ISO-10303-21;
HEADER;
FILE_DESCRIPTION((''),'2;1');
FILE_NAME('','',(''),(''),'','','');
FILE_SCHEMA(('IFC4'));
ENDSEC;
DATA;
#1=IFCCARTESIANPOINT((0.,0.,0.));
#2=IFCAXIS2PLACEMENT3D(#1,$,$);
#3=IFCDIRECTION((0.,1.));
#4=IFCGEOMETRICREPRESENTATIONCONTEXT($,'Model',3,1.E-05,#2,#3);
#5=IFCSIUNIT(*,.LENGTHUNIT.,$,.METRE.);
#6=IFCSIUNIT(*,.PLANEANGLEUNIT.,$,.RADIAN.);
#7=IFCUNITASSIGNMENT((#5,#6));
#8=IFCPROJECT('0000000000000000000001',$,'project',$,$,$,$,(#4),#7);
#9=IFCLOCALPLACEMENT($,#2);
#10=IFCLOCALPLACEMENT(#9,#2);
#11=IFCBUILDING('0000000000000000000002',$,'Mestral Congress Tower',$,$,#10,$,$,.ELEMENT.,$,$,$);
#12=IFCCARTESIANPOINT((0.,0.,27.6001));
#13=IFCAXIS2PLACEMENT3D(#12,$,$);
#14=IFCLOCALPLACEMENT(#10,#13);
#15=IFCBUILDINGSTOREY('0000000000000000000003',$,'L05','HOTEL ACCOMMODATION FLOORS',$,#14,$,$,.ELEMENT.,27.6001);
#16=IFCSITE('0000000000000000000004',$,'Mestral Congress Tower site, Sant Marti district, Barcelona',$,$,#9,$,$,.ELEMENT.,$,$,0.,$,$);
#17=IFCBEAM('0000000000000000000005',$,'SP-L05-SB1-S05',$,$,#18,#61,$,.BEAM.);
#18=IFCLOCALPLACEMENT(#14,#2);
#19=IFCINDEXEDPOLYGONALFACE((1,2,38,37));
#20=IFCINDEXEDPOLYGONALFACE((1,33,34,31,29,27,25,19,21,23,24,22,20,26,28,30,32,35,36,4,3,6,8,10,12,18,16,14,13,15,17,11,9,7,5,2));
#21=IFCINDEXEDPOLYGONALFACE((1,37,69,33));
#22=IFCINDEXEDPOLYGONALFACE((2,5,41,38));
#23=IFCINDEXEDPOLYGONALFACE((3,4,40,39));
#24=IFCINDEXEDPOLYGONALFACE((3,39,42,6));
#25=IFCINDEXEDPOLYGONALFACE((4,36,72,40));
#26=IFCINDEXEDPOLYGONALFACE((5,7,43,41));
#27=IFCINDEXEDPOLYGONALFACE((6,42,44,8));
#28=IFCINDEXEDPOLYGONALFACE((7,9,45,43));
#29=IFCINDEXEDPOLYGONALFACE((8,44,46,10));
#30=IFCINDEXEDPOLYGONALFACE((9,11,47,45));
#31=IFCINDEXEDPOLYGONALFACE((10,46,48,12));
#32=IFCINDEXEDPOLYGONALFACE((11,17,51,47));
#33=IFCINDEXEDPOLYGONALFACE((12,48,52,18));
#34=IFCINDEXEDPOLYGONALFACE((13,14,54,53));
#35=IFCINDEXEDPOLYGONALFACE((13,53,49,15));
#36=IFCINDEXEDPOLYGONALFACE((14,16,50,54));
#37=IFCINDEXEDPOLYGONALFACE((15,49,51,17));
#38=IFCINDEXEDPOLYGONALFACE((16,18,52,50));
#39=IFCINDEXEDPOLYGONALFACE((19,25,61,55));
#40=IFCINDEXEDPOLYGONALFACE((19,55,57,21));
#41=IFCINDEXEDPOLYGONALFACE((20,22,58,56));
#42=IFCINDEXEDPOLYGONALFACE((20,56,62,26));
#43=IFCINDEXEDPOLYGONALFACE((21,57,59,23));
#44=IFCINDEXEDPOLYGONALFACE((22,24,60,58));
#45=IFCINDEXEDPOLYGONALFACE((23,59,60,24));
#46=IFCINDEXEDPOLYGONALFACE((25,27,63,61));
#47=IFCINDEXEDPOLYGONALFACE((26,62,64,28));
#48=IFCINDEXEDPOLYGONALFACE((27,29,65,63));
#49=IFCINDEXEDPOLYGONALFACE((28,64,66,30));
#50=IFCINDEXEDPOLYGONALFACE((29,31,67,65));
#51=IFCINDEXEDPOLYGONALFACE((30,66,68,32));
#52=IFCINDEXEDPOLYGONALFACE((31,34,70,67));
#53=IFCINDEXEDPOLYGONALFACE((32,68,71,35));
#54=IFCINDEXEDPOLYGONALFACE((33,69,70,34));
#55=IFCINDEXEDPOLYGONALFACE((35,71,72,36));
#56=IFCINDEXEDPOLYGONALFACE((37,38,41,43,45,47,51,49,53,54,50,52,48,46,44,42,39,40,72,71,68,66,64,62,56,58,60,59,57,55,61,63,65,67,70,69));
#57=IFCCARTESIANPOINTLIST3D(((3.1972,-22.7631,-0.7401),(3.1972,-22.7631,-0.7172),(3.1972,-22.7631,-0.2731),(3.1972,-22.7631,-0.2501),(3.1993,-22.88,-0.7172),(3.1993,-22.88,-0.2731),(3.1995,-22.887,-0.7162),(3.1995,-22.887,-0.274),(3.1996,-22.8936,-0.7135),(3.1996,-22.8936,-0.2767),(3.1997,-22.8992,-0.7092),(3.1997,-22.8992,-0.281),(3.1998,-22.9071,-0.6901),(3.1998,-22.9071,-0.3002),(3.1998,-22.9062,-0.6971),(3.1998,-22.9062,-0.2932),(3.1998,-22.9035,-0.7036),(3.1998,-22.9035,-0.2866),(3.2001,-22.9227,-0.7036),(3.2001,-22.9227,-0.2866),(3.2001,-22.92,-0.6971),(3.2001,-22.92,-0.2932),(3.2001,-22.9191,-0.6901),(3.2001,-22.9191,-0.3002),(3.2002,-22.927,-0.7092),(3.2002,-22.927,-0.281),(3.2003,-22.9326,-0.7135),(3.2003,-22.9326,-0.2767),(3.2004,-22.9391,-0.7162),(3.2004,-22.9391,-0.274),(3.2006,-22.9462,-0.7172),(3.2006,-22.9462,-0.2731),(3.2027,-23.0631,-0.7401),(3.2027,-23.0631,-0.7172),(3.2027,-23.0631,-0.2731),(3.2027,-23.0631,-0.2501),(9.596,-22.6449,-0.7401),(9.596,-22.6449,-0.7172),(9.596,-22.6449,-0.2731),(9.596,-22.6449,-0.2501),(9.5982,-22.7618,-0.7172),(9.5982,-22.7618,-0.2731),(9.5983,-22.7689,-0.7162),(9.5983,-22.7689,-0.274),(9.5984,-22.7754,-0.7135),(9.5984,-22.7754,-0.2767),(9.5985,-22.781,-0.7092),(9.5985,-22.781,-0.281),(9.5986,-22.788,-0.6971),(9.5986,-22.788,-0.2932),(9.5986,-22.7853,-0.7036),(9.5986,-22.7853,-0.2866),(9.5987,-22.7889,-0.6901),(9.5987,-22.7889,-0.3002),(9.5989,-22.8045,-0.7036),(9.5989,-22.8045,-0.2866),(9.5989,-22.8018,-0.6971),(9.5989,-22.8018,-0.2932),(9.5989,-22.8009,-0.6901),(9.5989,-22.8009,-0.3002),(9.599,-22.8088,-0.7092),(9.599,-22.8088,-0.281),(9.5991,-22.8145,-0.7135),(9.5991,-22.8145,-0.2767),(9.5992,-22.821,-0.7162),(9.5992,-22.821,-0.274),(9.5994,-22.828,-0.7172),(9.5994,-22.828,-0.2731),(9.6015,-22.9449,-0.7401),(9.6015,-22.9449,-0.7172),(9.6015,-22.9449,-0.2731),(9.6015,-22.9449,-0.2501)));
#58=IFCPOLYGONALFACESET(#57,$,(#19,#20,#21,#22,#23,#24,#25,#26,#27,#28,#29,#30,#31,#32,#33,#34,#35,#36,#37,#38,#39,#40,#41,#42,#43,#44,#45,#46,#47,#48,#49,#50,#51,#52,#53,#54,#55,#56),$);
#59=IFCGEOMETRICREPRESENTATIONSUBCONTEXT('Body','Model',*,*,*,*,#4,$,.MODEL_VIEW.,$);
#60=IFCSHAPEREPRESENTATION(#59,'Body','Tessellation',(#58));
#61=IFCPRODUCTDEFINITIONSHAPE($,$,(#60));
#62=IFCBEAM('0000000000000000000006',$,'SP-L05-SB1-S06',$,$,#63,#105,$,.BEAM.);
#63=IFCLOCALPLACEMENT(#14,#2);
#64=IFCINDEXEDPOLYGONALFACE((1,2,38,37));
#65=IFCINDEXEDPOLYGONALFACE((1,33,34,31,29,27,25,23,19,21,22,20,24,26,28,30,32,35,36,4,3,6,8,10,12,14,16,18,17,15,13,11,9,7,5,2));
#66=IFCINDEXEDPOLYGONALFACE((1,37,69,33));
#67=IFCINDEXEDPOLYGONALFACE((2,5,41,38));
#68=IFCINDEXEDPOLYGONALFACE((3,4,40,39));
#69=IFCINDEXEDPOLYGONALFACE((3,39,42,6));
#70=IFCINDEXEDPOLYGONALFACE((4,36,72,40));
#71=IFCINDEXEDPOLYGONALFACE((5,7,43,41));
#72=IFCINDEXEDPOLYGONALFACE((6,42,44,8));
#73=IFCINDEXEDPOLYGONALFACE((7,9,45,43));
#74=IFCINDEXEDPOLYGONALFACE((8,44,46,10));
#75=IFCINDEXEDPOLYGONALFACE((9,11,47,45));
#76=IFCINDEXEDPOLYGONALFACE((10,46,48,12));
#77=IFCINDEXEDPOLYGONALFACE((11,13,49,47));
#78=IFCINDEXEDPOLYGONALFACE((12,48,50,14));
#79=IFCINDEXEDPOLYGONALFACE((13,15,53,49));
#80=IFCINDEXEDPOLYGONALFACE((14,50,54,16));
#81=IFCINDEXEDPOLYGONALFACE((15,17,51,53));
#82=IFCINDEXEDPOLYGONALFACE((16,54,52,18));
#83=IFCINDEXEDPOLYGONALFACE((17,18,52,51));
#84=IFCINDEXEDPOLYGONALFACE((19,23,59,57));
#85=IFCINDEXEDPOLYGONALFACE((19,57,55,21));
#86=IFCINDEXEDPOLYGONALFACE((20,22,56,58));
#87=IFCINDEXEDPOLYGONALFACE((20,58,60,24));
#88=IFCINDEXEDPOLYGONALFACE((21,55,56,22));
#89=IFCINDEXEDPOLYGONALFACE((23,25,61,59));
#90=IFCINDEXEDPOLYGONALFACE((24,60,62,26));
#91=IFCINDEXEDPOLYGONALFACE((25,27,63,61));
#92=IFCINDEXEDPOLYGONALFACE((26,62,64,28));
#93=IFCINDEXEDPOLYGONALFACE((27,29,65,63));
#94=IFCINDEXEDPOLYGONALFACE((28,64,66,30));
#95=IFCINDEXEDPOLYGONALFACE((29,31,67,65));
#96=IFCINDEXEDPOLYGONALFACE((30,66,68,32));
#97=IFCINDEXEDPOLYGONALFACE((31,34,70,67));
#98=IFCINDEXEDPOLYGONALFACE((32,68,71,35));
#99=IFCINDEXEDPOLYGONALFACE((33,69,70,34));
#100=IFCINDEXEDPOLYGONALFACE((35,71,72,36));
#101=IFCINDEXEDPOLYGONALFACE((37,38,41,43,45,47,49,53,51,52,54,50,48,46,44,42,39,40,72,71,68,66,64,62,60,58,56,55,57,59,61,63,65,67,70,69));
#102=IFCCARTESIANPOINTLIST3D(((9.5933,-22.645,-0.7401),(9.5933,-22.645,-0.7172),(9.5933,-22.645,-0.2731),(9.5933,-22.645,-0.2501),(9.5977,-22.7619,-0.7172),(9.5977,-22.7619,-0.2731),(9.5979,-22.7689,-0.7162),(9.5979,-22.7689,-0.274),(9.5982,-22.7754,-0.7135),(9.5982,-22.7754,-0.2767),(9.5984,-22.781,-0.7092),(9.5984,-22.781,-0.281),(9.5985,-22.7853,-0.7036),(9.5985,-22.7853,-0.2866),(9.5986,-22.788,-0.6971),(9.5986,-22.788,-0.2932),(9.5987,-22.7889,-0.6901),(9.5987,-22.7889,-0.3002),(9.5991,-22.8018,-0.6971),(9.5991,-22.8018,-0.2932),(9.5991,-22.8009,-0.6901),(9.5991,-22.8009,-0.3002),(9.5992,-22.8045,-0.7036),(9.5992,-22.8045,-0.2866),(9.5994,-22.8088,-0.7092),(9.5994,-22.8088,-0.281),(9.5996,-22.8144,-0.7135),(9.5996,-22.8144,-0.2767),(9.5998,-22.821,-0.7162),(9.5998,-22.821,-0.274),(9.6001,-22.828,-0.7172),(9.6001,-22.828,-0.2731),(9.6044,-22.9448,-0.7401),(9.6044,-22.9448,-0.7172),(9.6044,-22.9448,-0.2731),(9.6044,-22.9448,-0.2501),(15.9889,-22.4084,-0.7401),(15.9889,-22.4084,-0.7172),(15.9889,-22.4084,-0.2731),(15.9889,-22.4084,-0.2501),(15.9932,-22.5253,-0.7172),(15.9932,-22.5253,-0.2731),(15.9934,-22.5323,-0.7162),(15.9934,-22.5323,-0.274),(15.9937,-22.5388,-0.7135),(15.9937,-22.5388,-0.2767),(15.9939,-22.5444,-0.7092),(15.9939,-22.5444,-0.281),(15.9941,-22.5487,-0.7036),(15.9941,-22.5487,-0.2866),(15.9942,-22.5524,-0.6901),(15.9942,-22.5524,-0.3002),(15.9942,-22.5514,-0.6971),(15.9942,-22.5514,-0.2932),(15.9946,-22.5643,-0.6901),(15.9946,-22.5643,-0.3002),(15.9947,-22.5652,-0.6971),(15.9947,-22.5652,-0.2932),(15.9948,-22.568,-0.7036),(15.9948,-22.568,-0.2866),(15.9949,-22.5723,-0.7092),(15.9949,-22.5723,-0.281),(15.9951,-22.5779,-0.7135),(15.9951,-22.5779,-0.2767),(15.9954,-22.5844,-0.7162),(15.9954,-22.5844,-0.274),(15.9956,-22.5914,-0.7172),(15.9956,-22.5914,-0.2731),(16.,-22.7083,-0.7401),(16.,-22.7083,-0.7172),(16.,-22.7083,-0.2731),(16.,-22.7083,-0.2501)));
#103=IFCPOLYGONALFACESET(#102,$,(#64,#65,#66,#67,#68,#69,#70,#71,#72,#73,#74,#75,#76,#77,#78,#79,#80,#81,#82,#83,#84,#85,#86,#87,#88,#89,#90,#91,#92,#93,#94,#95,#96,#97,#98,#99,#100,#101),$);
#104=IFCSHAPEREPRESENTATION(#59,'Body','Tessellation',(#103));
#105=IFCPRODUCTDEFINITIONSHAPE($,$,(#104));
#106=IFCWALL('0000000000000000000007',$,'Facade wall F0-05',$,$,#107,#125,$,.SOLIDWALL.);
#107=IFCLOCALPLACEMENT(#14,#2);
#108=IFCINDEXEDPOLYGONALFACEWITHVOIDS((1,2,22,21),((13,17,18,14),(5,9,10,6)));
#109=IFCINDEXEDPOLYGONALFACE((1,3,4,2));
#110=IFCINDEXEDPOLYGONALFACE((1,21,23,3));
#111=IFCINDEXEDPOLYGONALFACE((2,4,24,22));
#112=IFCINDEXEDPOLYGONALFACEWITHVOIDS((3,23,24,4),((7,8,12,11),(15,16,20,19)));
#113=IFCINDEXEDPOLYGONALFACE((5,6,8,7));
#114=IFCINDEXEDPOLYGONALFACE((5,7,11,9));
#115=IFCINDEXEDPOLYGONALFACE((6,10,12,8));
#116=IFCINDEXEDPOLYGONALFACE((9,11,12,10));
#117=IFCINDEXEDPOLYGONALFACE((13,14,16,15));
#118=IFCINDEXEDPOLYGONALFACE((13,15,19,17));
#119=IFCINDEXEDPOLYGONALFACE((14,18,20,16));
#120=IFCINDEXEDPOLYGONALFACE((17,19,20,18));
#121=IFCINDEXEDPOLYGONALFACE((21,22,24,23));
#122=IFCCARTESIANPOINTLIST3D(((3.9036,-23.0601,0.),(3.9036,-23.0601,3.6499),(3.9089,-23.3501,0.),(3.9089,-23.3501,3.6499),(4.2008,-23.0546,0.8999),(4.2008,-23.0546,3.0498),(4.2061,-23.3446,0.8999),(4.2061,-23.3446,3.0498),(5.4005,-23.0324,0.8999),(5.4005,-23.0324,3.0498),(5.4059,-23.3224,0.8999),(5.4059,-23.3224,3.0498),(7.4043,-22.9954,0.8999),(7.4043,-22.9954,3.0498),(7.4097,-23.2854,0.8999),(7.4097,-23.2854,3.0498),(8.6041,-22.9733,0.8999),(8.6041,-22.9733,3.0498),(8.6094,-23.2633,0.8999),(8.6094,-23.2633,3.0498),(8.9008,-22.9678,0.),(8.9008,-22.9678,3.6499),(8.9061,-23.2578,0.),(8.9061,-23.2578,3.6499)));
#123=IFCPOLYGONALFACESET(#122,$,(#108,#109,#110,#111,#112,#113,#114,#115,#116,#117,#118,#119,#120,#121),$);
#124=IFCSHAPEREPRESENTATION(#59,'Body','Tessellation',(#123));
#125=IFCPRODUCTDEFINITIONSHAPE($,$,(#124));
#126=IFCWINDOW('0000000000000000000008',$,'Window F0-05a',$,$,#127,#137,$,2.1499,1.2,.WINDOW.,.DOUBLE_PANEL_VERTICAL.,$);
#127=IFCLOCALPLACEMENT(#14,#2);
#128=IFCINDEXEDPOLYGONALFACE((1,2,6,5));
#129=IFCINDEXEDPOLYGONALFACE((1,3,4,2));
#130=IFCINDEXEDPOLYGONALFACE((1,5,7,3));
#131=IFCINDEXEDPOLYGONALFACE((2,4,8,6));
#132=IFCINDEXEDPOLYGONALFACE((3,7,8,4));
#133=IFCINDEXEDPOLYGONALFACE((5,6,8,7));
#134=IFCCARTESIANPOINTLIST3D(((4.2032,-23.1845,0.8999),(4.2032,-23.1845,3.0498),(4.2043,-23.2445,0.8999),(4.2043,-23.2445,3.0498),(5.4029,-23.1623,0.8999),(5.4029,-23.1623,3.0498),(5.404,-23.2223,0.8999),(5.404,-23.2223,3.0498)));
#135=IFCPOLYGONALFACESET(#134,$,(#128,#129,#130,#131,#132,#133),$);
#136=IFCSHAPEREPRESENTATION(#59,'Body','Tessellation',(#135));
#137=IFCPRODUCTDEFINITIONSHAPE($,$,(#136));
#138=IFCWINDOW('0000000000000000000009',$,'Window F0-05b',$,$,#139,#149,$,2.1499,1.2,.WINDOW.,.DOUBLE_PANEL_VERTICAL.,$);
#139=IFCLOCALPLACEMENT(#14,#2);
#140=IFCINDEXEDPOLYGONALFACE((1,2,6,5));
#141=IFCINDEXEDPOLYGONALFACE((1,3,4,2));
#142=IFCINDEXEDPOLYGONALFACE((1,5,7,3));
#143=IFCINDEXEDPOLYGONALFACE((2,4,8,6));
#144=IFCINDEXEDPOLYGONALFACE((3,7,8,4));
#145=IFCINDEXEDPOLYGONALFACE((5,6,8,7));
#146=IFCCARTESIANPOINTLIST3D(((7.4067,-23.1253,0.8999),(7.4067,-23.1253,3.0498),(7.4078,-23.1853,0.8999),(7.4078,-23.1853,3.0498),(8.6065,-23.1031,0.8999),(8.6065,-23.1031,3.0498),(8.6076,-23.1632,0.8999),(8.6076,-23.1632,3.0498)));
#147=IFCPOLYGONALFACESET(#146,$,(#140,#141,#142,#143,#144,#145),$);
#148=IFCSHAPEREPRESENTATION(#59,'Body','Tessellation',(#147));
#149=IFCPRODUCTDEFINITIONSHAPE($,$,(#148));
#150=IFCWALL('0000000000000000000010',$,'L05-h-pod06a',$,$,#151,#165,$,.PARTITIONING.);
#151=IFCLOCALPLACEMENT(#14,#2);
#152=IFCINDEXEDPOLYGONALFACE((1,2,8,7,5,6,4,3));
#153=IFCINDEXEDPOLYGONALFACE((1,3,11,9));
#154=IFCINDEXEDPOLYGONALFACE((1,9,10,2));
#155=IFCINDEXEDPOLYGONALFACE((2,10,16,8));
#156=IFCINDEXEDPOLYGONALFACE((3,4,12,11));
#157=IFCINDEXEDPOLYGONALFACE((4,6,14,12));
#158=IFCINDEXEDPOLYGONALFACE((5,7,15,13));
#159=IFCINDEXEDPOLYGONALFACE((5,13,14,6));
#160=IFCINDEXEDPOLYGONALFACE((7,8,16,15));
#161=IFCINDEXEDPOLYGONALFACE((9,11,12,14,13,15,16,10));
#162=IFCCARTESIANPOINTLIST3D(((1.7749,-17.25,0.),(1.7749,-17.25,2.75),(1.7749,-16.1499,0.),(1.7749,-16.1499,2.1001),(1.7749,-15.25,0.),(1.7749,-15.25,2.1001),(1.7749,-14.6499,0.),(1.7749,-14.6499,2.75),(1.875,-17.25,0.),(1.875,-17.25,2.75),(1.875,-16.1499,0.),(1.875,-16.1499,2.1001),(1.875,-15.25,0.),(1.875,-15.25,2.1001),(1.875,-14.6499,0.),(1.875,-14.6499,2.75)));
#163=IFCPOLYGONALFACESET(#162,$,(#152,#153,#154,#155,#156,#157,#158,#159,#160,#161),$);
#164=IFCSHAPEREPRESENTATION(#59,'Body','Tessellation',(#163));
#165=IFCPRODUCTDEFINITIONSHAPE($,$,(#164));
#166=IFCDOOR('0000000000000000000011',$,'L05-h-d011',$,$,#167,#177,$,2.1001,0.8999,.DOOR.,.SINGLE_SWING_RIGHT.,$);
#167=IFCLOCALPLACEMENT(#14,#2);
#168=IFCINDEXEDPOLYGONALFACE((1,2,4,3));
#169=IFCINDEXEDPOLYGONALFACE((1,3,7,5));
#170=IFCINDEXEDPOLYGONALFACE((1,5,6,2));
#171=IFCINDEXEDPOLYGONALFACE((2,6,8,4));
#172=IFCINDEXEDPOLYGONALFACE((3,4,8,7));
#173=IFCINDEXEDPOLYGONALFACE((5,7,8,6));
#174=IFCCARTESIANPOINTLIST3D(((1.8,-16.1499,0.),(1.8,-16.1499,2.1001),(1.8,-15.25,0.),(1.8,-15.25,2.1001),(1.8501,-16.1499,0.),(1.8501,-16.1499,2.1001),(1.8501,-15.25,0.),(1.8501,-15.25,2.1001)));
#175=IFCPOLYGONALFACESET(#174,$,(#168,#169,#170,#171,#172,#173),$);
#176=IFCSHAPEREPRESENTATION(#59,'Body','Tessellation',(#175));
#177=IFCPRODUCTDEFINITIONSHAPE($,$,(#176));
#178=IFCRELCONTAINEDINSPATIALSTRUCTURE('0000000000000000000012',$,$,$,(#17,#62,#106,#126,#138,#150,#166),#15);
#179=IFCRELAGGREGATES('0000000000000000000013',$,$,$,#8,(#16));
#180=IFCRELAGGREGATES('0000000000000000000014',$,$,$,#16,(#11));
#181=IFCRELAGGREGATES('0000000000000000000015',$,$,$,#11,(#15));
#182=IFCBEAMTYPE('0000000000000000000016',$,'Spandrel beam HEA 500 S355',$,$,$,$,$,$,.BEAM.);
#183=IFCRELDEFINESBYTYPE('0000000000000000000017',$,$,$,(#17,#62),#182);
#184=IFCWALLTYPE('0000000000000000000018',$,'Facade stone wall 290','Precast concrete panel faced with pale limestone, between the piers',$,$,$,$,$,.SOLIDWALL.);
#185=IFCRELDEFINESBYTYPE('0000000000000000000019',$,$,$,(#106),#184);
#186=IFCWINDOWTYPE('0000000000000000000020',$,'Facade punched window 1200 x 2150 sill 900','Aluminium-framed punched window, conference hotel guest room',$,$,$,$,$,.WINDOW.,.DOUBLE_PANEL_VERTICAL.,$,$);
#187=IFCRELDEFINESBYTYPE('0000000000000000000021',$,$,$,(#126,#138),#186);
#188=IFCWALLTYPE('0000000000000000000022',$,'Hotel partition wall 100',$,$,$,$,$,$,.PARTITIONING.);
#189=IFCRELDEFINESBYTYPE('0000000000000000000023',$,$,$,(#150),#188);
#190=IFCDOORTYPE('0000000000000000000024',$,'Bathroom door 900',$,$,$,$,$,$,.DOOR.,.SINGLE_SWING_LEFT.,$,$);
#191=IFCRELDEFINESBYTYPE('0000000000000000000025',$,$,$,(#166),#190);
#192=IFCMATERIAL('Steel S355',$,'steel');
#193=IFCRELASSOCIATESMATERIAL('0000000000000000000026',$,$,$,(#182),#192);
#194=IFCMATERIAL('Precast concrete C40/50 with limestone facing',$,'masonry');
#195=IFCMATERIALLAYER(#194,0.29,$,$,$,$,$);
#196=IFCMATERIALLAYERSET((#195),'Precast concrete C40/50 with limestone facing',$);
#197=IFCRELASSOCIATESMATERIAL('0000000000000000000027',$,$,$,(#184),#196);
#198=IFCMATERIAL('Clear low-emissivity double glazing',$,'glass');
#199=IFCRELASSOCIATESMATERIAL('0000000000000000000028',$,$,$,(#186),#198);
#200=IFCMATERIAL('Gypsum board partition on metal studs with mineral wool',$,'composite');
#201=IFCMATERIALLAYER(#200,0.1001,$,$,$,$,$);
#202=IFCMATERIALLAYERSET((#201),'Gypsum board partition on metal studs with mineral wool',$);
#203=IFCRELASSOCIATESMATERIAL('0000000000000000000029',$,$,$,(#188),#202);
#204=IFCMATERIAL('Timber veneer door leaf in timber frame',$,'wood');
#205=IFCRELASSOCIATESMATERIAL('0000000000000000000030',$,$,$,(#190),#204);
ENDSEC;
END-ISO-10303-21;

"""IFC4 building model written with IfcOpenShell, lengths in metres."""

from ifc_helpers import new_model, si_unit, direction, frame, frame_2d, origin, origin_2d, place, context, subcontext, project, spatial, rectangle, i_section, extrude, material, layer, layer_set, material_profile, profile_set, type_object, element, fill, save


model = new_model("IFC4")

# Units and contexts
model_context = context("Model", 3, precision=1e-05, world=origin(), true_north=direction((0.0, 1.0)))
body_context = subcontext(model_context, "Body", "Model", "MODEL_VIEW")
ifc_project = project(units=[si_unit("LENGTHUNIT", "METRE"), si_unit("PLANEANGLEUNIT", "RADIAN")], contexts=[model_context])

# Site, building, storey
site_placement = place(None, origin())
site = spatial("IfcSite", under=ifc_project, at=site_placement, Name="Mestral Congress Tower site, Sant Marti district, Barcelona", CompositionType="ELEMENT", RefElevation=0.0)
building_placement = place(site_placement, origin())
building = spatial("IfcBuilding", under=site, at=building_placement, Name="Mestral Congress Tower", CompositionType="ELEMENT")
storey_placement = place(building_placement, frame((0.0, 0.0, 27.6001)))
storey = spatial("IfcBuildingStorey", under=building, at=storey_placement, Name="L05", Description="HOTEL ACCOMMODATION FLOORS", CompositionType="ELEMENT", Elevation=27.6001)

# Beams
ifc_material_1 = material(Name="Steel S355", Category="steel")
ifc_material_profile_1 = material_profile(ifc_material_1, i_section(OverallWidth=0.3, OverallDepth=0.49, WebThickness=0.012, FlangeThickness=0.0229, FilletRadius=0.0271, at=origin_2d()), Name="HEA 500")
ifc_profile_set_1 = profile_set([ifc_material_profile_1], Name="Steel S355")
beam_type_1 = type_object("IfcBeamType", Name="Spandrel beam HEA 500 S355", PredefinedType="BEAM", material=ifc_profile_set_1)
for number, where, z_axis, x_axis, name in (
    (1, (3.2, -22.9131, -0.4951), (0.99983, 0.018463, 0.0), (-0.018463, 0.99983, 0.0), "SP-L05-SB1-S05"),
    (2, (9.5989, -22.7949, -0.4951), (0.999317, 0.036965, 0.0), (-0.036965, 0.999317, 0.0), "SP-L05-SB1-S06"),
):
    element("IfcBeam", number, at=place(storey_placement, frame(where, z_axis=z_axis, x_axis=x_axis)), inside=storey, type_object=beam_type_1, Name=name, PredefinedType="BEAM", context=body_context, shape_type="SweptSolid", body=[
        extrude(i_section(OverallWidth=0.3, OverallDepth=0.49, WebThickness=0.012, FlangeThickness=0.0229, FilletRadius=0.0271, at=origin_2d()), origin(), (0.0, 0.0, 1.0), 6.3999),
    ])

# Wall, openings, windows
ifc_material_2 = material(Name="Precast concrete C40/50 with limestone facing", Category="masonry")
ifc_layer_1 = layer(ifc_material_2, 0.29)
ifc_layer_set_1 = layer_set([ifc_layer_1], Name="Precast concrete C40/50 with limestone facing")
wall_type_1 = type_object("IfcWallType", Name="Facade stone wall 290", Description="Precast concrete panel faced with pale limestone, between the piers", PredefinedType="SOLIDWALL", material=ifc_layer_set_1)
wall_1_placement = place(storey_placement, frame((3.9062, -23.2051, 0.0), z_axis=(0.0, 0.0, 1.0), x_axis=(0.99983, 0.018464, 0.0)))
wall_1 = element("IfcWall", 3, at=wall_1_placement, inside=storey, type_object=wall_type_1, Name="Facade wall F0-05", PredefinedType="SOLIDWALL", context=body_context, shape_type="SweptSolid", body=[
    extrude(rectangle(XDim=4.998, YDim=0.29, at=frame_2d((2.499, 0.0))), origin(), (0.0, 0.0, 1.0), 3.6499),
])
opening_1_placement = place(wall_1_placement, frame((0.2971, 0.0, 0.8999)))
opening_1 = element("IfcOpeningElement", 4, at=opening_1_placement, cuts=wall_1, PredefinedType="OPENING", context=body_context, shape_type="SweptSolid", body=[
    extrude(rectangle(XDim=1.2, YDim=2.1499, at=frame_2d((0.6001, 1.075))), frame((0.0, 0.155, 0.0), z_axis=(0.0, -1.0, 0.0), x_axis=(1.0, 0.0, 0.0)), (0.0, 0.0, 1.0), 0.3101),
])
opening_2_placement = place(wall_1_placement, frame((3.5012, 0.0, 0.8999)))
opening_2 = element("IfcOpeningElement", 5, at=opening_2_placement, cuts=wall_1, PredefinedType="OPENING", context=body_context, shape_type="SweptSolid", body=[
    extrude(rectangle(XDim=1.2, YDim=2.1499, at=frame_2d((0.6001, 1.075))), frame((0.0, 0.155, 0.0), z_axis=(0.0, -1.0, 0.0), x_axis=(1.0, 0.0, 0.0)), (0.0, 0.0, 1.0), 0.3101),
])
ifc_material_3 = material(Name="Clear low-emissivity double glazing", Category="glass")
window_type = type_object("IfcWindowType", Name="Facade punched window 1200 x 2150 sill 900", Description="Aluminium-framed punched window, conference hotel guest room", PartitioningType="DOUBLE_PANEL_VERTICAL", PredefinedType="WINDOW", material=ifc_material_3)
window_1_placement = place(opening_1_placement, origin())
window_1 = element("IfcWindow", 6, at=window_1_placement, inside=storey, type_object=window_type, Name="Window F0-05a", OverallHeight=2.1499, OverallWidth=1.2, PartitioningType="DOUBLE_PANEL_VERTICAL", PredefinedType="WINDOW", context=body_context, shape_type="SweptSolid", body=[
    extrude(rectangle(XDim=1.2, YDim=2.1499, at=frame_2d((0.6001, 1.075))), frame((0.0, 0.0151, 0.0), z_axis=(0.0, -1.0, 0.0), x_axis=(1.0, 0.0, 0.0)), (0.0, 0.0, 1.0), 0.0601),
])
fill(opening_1, window_1)
window_2_placement = place(opening_2_placement, origin())
window_2 = element("IfcWindow", 7, at=window_2_placement, inside=storey, type_object=window_type, Name="Window F0-05b", OverallHeight=2.1499, OverallWidth=1.2, PartitioningType="DOUBLE_PANEL_VERTICAL", PredefinedType="WINDOW", context=body_context, shape_type="SweptSolid", body=[
    extrude(rectangle(XDim=1.2, YDim=2.1499, at=frame_2d((0.6001, 1.075))), frame((0.0, 0.0151, 0.0), z_axis=(0.0, -1.0, 0.0), x_axis=(1.0, 0.0, 0.0)), (0.0, 0.0, 1.0), 0.0601),
])
fill(opening_2, window_2)

# Wall, opening, door
ifc_material_4 = material(Name="Gypsum board partition on metal studs with mineral wool", Category="composite")
ifc_layer_2 = layer(ifc_material_4, 0.1001)
ifc_layer_set_2 = layer_set([ifc_layer_2], Name="Gypsum board partition on metal studs with mineral wool")
wall_type_2 = type_object("IfcWallType", Name="Hotel partition wall 100", PredefinedType="PARTITIONING", material=ifc_layer_set_2)
wall_2_placement = place(storey_placement, frame((1.825, -17.25, 0.0), z_axis=(0.0, 0.0, 1.0), x_axis=(0.0, 1.0, 0.0)))
wall_2 = element("IfcWall", 8, at=wall_2_placement, inside=storey, type_object=wall_type_2, Name="L05-h-pod06a", PredefinedType="PARTITIONING", context=body_context, shape_type="SweptSolid", body=[
    extrude(rectangle(XDim=2.6001, YDim=0.1001, at=frame_2d((1.3, 0.0))), origin(), (0.0, 0.0, 1.0), 2.75),
])
opening_3_placement = place(wall_2_placement, frame((1.1001, 0.0, 0.0)))
opening_3 = element("IfcOpeningElement", 9, at=opening_3_placement, cuts=wall_2, PredefinedType="OPENING", context=body_context, shape_type="SweptSolid", body=[
    extrude(rectangle(XDim=0.8999, YDim=2.1001, at=frame_2d((0.45, 1.05))), frame((0.0, 0.0601, 0.0), z_axis=(0.0, -1.0, 0.0), x_axis=(1.0, 0.0, 0.0)), (0.0, 0.0, 1.0), 0.1201),
])
ifc_material_5 = material(Name="Timber veneer door leaf in timber frame", Category="wood")
door_type = type_object("IfcDoorType", Name="Bathroom door 900", OperationType="SINGLE_SWING_LEFT", PredefinedType="DOOR", material=ifc_material_5)
door_placement = place(opening_3_placement, origin())
door = element("IfcDoor", 10, at=door_placement, inside=storey, type_object=door_type, Name="L05-h-d011", OperationType="SINGLE_SWING_RIGHT", OverallHeight=2.1001, OverallWidth=0.8999, PredefinedType="DOOR", context=body_context, shape_type="SweptSolid", body=[
    extrude(rectangle(XDim=0.8999, YDim=2.1001, at=frame_2d((0.45, 1.05))), frame((0.0, 0.0249, 0.0), z_axis=(0.0, -1.0, 0.0), x_axis=(1.0, 0.0, 0.0)), (0.0, 0.0, 1.0), 0.05),
])
fill(opening_3, door)

save(model, "model.ifc")
